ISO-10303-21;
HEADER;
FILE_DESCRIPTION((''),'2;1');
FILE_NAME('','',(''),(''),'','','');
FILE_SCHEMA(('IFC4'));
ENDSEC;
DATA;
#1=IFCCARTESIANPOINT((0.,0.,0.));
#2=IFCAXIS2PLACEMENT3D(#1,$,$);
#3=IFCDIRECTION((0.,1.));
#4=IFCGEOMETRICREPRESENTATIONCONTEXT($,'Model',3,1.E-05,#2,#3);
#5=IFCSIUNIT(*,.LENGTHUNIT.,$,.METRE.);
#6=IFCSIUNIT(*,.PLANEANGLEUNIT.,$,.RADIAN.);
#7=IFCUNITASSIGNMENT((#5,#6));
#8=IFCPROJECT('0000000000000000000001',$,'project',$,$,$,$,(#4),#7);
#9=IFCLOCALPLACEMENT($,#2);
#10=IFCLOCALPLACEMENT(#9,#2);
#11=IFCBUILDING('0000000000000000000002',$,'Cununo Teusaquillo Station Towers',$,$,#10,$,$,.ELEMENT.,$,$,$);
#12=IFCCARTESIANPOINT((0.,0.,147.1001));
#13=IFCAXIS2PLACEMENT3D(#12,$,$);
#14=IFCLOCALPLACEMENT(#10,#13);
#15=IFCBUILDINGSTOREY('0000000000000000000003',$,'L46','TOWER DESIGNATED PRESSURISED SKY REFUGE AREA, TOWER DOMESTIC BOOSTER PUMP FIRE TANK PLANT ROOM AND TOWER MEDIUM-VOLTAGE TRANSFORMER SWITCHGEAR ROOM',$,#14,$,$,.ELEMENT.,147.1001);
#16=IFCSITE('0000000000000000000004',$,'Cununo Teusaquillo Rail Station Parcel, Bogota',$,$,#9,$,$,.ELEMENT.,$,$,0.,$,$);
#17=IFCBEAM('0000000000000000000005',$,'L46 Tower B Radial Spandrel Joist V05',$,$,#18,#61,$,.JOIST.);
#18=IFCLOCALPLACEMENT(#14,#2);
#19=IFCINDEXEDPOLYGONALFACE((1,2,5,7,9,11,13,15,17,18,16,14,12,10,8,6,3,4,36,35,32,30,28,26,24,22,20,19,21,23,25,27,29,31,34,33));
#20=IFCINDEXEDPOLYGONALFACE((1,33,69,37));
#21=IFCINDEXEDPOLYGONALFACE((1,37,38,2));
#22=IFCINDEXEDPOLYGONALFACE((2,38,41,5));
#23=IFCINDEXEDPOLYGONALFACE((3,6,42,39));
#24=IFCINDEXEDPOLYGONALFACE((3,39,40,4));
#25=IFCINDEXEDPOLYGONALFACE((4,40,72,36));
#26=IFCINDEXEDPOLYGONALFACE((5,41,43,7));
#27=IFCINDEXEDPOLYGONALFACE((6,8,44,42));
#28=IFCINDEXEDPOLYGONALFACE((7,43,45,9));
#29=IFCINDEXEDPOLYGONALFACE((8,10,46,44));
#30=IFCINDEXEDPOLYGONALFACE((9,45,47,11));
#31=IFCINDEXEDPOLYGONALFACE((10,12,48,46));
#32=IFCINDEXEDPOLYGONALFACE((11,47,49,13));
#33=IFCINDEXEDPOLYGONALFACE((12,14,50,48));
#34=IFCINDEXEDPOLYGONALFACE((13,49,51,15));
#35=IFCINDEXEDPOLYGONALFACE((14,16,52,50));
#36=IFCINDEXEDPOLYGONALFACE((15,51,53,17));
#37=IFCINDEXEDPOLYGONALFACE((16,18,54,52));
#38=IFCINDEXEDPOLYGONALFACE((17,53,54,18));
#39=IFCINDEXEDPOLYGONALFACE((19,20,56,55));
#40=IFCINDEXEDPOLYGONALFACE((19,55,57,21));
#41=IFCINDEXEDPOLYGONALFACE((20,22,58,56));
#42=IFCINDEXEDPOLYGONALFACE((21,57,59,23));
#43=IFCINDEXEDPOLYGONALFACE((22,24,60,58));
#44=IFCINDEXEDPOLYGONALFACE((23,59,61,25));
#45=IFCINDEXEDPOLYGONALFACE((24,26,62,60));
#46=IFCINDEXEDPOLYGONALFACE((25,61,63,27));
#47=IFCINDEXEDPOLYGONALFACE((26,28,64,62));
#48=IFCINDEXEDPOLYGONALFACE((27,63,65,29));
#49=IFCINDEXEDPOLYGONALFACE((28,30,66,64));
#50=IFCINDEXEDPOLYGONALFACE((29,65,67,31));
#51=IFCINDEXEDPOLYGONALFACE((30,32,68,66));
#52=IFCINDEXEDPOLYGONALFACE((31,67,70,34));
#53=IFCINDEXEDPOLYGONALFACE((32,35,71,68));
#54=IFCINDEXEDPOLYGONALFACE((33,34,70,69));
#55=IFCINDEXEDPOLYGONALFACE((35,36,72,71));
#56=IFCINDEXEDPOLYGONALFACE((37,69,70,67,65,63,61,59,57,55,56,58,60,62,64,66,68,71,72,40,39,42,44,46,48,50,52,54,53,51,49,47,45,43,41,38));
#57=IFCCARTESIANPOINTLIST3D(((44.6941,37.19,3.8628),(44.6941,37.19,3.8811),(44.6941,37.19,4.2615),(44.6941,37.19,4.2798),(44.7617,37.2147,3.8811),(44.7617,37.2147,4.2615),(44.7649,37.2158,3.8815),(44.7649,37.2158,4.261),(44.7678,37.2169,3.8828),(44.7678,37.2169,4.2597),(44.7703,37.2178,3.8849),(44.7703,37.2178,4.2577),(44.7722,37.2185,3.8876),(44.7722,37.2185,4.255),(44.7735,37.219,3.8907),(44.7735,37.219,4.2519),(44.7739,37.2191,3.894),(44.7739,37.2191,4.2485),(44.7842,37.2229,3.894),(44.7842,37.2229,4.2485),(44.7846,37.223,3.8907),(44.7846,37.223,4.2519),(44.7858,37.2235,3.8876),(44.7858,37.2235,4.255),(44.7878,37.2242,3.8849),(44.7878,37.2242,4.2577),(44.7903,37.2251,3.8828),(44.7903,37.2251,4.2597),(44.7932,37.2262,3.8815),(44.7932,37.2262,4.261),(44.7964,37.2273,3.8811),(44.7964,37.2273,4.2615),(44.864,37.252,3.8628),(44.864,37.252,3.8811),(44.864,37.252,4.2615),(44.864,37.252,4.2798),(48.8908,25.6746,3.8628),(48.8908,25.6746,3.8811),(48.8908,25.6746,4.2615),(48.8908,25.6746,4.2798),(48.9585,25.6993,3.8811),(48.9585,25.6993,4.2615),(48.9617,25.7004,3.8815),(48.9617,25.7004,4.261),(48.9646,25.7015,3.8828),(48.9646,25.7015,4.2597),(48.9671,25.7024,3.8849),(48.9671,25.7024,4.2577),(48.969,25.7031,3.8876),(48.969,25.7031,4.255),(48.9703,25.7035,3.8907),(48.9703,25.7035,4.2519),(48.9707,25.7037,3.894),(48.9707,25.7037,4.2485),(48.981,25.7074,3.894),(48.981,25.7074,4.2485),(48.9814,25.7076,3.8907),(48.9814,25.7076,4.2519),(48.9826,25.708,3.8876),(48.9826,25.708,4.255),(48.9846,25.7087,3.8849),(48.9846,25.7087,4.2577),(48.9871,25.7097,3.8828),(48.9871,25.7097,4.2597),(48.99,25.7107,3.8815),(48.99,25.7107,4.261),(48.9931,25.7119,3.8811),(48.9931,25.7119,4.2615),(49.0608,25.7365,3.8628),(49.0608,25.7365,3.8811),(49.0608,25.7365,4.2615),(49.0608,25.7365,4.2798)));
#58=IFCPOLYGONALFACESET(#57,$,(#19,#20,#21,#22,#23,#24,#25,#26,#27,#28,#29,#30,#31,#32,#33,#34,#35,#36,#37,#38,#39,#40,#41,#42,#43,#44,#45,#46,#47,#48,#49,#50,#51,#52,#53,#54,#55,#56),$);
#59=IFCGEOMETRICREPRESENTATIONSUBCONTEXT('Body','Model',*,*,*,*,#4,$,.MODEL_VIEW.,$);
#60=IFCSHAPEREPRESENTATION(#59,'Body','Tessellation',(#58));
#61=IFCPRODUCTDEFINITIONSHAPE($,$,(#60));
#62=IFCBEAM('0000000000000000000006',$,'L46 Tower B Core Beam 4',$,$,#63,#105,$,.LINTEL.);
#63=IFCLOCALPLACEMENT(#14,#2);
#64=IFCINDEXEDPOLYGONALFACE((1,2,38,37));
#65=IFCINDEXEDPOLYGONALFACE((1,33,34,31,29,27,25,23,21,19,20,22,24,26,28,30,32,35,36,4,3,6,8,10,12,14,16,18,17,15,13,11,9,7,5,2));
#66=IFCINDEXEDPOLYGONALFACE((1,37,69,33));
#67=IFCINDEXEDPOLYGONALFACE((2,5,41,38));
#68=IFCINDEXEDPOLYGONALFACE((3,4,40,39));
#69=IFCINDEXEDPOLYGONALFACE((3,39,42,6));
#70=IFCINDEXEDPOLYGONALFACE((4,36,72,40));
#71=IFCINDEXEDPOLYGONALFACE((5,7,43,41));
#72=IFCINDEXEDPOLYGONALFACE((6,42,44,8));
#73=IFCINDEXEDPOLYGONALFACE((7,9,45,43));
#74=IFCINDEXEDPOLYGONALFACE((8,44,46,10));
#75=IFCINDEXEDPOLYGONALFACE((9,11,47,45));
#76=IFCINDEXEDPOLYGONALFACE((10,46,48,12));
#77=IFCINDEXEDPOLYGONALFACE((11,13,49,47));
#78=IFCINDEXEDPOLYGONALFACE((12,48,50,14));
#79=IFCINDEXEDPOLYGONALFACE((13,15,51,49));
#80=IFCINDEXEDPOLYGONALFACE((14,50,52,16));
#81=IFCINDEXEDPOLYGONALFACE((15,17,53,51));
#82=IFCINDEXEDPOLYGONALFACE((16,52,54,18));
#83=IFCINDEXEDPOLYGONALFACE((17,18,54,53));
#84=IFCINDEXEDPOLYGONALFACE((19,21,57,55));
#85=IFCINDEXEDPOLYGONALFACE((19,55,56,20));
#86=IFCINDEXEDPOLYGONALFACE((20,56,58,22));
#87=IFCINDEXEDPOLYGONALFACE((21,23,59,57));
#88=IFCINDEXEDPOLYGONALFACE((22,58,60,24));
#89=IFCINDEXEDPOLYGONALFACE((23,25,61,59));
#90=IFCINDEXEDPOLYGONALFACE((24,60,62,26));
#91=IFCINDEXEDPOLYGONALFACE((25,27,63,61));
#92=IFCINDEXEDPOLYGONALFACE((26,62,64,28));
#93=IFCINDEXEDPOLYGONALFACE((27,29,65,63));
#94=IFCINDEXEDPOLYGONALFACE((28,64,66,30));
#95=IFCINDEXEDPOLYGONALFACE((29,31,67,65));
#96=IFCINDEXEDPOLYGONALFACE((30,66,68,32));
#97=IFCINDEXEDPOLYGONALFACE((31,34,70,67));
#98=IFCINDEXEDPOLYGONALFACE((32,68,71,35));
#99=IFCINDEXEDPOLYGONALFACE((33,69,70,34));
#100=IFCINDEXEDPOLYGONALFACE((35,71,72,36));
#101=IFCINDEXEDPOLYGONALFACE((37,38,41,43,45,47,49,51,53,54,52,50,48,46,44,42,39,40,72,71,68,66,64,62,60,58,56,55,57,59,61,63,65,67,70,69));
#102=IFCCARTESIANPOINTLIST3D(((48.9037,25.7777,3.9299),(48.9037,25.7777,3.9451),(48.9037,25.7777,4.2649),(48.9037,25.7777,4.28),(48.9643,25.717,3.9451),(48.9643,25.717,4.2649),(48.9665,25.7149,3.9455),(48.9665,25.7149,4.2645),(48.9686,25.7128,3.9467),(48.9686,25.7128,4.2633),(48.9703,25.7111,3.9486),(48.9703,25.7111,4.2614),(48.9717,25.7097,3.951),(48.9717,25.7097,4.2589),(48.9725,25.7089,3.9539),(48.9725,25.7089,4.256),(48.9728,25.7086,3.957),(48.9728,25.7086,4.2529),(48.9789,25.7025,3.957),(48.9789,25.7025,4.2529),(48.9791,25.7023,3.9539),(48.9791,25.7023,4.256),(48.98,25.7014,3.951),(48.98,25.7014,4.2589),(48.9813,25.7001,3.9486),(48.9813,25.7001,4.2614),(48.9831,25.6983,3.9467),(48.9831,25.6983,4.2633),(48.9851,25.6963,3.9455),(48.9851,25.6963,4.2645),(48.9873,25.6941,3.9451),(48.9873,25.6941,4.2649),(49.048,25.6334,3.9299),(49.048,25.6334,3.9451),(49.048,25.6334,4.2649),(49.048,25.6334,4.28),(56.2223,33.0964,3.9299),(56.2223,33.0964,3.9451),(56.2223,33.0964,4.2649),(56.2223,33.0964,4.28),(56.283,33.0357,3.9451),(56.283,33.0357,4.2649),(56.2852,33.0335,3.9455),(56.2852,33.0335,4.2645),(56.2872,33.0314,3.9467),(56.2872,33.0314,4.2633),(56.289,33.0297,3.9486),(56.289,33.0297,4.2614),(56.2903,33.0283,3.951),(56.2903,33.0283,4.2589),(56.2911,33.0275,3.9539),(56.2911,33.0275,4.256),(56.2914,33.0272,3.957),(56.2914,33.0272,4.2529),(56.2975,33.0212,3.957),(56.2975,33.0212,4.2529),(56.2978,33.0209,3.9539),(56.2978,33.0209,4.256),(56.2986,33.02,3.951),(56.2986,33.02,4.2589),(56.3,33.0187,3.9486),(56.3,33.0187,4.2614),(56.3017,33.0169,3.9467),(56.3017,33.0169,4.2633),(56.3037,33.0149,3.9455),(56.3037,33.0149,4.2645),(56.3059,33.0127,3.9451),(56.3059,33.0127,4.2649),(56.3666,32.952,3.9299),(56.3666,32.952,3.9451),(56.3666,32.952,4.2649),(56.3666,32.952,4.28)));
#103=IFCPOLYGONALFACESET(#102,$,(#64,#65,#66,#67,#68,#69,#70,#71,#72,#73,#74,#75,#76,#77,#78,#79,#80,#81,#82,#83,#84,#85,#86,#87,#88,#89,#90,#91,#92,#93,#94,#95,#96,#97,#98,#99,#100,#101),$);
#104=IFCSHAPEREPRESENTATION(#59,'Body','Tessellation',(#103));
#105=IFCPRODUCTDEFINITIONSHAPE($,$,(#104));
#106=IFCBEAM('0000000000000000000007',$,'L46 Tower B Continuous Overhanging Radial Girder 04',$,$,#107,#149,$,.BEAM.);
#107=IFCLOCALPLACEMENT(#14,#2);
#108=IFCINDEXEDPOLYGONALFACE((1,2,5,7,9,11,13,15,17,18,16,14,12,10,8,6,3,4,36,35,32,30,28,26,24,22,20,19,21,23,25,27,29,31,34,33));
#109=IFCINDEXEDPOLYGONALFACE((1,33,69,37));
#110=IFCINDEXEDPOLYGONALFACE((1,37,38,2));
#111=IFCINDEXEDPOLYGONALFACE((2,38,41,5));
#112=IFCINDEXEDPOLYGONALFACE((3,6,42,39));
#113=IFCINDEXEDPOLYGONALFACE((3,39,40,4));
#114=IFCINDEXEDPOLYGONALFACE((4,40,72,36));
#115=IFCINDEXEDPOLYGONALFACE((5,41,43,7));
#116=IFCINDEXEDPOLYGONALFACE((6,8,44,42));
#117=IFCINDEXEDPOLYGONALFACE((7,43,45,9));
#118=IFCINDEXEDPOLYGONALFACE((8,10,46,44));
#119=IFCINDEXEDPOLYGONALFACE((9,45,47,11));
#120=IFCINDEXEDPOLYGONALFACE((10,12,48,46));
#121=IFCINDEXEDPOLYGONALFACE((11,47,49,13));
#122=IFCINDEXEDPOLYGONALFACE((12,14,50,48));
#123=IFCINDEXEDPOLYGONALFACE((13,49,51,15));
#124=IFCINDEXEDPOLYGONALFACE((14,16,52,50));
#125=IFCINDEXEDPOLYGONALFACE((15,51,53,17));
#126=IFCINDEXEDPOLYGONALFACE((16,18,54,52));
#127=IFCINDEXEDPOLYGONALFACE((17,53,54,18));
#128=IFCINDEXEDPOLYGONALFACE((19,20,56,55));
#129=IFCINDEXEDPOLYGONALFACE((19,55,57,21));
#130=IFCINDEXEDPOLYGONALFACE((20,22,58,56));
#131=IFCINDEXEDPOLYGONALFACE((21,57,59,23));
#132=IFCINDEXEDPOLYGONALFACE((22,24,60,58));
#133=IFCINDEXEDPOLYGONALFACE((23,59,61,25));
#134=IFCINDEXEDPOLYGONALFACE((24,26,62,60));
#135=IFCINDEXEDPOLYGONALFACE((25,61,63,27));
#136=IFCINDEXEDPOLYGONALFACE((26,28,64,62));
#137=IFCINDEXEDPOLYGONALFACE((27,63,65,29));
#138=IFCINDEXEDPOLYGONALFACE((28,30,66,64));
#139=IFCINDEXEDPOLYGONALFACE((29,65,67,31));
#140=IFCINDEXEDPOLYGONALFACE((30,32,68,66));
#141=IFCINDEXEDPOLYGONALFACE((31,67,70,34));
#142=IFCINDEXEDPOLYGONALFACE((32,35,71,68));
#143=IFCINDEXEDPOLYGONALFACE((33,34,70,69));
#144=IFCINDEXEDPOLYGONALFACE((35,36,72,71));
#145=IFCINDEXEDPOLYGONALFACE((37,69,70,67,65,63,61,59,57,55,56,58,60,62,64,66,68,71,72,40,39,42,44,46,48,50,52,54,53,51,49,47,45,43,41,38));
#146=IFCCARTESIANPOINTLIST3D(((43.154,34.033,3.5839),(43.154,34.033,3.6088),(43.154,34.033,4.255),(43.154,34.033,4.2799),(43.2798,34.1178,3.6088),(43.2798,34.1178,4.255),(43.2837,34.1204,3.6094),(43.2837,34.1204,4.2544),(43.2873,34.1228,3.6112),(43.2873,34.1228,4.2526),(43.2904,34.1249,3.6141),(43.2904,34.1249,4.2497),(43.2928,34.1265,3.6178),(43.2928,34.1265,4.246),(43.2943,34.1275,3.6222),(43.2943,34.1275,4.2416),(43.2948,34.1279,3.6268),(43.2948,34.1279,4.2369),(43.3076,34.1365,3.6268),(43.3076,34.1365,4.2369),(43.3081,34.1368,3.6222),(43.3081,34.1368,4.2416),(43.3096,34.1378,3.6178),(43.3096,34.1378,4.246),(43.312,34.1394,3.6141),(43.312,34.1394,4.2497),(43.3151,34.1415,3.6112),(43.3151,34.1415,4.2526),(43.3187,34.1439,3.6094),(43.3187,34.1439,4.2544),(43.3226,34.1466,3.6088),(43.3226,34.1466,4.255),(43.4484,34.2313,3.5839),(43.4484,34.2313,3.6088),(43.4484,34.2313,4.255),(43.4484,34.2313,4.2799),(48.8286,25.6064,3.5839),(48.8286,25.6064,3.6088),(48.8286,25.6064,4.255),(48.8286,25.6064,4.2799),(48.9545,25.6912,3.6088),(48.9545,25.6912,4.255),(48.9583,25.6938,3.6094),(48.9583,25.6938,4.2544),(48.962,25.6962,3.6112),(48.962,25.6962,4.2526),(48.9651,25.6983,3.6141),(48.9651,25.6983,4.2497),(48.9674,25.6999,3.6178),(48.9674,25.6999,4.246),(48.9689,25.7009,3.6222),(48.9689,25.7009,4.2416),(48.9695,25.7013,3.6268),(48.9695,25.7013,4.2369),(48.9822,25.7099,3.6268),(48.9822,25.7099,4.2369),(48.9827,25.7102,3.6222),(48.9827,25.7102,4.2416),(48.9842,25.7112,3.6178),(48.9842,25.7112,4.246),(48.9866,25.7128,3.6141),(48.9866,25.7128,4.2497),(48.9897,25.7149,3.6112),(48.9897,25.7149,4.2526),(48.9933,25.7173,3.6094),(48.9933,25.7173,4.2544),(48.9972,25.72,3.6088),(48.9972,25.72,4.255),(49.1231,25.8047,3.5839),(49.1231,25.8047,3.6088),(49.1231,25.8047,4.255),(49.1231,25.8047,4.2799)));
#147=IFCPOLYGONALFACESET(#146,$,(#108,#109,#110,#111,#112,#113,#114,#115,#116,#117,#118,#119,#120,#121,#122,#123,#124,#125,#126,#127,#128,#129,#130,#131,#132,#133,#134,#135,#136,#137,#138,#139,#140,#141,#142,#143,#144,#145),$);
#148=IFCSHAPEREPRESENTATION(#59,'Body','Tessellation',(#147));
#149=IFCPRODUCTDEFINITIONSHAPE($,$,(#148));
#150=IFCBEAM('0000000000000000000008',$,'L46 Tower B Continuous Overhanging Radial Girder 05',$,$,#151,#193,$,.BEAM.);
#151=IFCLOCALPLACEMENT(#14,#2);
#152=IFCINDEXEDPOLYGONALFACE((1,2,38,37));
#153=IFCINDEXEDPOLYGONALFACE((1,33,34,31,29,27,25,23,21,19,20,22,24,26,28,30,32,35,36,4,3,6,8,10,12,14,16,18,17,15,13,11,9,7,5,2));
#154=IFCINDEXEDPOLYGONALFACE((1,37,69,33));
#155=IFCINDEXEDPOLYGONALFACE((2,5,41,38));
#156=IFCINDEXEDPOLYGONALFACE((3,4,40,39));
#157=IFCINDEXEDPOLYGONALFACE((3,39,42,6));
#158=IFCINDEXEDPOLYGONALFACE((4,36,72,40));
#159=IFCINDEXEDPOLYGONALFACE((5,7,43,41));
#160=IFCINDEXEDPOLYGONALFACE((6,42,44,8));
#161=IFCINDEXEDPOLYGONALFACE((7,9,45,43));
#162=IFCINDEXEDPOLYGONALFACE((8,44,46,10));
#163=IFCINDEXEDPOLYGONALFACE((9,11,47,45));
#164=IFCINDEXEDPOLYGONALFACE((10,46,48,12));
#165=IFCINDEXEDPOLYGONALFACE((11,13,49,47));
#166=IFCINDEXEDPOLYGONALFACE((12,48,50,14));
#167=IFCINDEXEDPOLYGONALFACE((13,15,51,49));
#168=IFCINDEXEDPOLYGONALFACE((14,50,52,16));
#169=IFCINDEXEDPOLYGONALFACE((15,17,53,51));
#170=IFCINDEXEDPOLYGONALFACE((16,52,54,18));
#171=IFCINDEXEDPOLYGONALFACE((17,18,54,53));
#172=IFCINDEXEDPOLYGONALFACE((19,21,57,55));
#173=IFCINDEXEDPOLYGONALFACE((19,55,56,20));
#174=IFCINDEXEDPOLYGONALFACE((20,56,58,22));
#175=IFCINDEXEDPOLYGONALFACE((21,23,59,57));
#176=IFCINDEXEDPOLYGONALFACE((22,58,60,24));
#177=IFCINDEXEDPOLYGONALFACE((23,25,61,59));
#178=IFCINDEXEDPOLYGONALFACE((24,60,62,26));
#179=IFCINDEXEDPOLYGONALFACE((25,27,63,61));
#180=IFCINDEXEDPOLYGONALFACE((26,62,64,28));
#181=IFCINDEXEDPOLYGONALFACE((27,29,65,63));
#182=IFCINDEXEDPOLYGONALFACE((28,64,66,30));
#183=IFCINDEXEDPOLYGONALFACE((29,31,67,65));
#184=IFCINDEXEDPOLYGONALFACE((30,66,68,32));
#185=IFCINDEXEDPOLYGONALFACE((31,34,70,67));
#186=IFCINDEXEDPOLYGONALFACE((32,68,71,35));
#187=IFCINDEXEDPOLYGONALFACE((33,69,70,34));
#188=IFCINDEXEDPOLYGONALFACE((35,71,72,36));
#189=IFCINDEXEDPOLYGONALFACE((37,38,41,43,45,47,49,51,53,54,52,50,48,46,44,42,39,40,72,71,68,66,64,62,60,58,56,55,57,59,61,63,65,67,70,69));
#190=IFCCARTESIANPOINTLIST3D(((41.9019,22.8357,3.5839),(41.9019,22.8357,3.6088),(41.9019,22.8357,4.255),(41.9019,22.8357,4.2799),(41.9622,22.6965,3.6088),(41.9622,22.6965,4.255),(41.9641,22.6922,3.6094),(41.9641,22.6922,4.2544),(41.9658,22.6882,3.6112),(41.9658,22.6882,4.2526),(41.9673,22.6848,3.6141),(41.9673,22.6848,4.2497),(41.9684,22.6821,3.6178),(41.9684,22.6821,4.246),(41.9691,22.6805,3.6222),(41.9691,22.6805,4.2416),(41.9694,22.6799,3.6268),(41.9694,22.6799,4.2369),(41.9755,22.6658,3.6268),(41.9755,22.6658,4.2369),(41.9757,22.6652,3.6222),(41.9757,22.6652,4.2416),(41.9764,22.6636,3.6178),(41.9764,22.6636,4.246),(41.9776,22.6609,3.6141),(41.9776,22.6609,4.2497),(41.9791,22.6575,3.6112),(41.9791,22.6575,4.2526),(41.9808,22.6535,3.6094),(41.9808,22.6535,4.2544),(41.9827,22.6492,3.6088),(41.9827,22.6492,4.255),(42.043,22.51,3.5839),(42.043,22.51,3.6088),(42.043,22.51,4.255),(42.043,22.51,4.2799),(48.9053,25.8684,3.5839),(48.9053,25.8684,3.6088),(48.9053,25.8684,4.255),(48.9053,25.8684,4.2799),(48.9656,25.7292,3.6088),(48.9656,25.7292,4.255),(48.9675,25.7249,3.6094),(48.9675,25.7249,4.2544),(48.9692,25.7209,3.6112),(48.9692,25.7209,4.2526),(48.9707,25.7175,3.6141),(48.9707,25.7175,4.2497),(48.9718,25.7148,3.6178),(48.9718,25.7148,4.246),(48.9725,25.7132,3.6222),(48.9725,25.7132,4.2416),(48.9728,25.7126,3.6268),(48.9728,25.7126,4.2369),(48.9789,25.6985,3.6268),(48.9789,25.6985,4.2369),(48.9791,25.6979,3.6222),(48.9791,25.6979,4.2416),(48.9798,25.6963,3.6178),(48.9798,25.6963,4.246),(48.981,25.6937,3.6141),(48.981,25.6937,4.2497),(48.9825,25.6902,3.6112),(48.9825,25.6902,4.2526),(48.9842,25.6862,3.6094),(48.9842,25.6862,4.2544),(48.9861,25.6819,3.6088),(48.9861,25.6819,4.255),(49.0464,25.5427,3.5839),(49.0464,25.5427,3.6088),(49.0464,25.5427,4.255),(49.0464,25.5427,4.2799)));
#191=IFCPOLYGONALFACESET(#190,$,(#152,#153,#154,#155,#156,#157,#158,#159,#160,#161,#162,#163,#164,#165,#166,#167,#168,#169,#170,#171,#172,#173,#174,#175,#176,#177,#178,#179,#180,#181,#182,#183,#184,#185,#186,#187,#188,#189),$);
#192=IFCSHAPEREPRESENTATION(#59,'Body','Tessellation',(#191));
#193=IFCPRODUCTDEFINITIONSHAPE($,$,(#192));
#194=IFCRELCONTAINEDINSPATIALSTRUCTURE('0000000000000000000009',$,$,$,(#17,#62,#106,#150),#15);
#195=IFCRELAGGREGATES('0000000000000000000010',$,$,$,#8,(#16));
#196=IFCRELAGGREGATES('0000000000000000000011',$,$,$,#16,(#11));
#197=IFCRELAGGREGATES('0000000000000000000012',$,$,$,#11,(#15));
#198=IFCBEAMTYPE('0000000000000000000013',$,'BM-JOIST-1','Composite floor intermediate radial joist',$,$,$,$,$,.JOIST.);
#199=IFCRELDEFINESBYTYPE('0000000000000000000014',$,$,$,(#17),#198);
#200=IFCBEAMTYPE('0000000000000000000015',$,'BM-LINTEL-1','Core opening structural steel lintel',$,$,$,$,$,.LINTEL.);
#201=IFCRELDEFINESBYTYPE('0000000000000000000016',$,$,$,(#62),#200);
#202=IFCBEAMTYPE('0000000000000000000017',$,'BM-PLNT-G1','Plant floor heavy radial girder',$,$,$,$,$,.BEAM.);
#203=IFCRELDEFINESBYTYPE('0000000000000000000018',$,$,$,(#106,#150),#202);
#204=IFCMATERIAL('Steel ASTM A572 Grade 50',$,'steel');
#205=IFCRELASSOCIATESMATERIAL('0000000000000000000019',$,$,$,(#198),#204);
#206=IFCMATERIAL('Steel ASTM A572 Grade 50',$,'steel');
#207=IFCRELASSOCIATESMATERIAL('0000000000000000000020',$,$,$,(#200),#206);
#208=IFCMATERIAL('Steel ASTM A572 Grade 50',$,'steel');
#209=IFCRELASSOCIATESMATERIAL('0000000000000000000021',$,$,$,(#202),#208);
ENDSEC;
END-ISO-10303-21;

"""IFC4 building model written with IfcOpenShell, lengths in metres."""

from ifc_helpers import new_model, si_unit, direction, frame, origin, origin_2d, place, context, subcontext, project, spatial, i_section, extrude, material, material_profile, profile_set, type_object, element, save


model = new_model("IFC4")

# Units and contexts
model_context = context("Model", 3, precision=1e-05, world=origin(), true_north=direction((0.0, 1.0)))
body_context = subcontext(model_context, "Body", "Model", "MODEL_VIEW")
ifc_project = project(units=[si_unit("LENGTHUNIT", "METRE"), si_unit("PLANEANGLEUNIT", "RADIAN")], contexts=[model_context])

# Site, building, storey
site_placement = place(None, origin())
site = spatial("IfcSite", under=ifc_project, at=site_placement, Name="Cununo Teusaquillo Rail Station Parcel, Bogota", CompositionType="ELEMENT", RefElevation=0.0)
building_placement = place(site_placement, origin())
building = spatial("IfcBuilding", under=site, at=building_placement, Name="Cununo Teusaquillo Station Towers", CompositionType="ELEMENT")
storey_placement = place(building_placement, frame((0.0, 0.0, 147.1001)))
storey = spatial("IfcBuildingStorey", under=building, at=storey_placement, Name="L46", Description="TOWER DESIGNATED PRESSURISED SKY REFUGE AREA, TOWER DOMESTIC BOOSTER PUMP FIRE TANK PLANT ROOM AND TOWER MEDIUM-VOLTAGE TRANSFORMER SWITCHGEAR ROOM", CompositionType="ELEMENT", Elevation=147.1001)

# Beams
ifc_material_1 = material(Name="Steel ASTM A572 Grade 50", Category="steel")
ifc_material_profile_1 = material_profile(ifc_material_1, i_section(OverallWidth=0.1809, OverallDepth=0.417, WebThickness=0.011, FlangeThickness=0.0183, FilletRadius=0.0129, at=origin_2d()), Name="W16X57")
ifc_profile_set_1 = profile_set([ifc_material_profile_1], Name="Steel ASTM A572 Grade 50")
beam_type_1 = type_object("IfcBeamType", Name="BM-JOIST-1", Description="Composite floor intermediate radial joist", PredefinedType="JOIST", material=ifc_profile_set_1)
beam_1_placement = place(storey_placement, frame((48.9758, 25.7056, 4.0713), z_axis=(-0.342418, 0.939548, 0.0), x_axis=(-0.939548, -0.342418, 0.0)))
element("IfcBeam", 1, at=beam_1_placement, inside=storey, type_object=beam_type_1, Name="L46 Tower B Radial Spandrel Joist V05", PredefinedType="JOIST", context=body_context, shape_type="SweptSolid", body=[
    extrude(i_section(OverallWidth=0.1809, OverallDepth=0.417, WebThickness=0.011, FlangeThickness=0.0183, FilletRadius=0.0129, at=origin_2d()), origin(), (0.0, 0.0, 1.0), 12.2563),
])
ifc_material_2 = material(Name="Steel ASTM A572 Grade 50", Category="steel")
ifc_material_profile_2 = material_profile(ifc_material_2, i_section(OverallWidth=0.2041, OverallDepth=0.3501, WebThickness=0.0085, FlangeThickness=0.0151, FilletRadius=0.012, at=origin_2d()), Name="W14X48")
ifc_profile_set_2 = profile_set([ifc_material_profile_2], Name="Steel ASTM A572 Grade 50")
beam_type_2 = type_object("IfcBeamType", Name="BM-LINTEL-1", Description="Core opening structural steel lintel", PredefinedType="LINTEL", material=ifc_profile_set_2)
beam_2_placement = place(storey_placement, frame((48.9758, 25.7056, 4.105), z_axis=(0.707107, 0.707107, 0.0), x_axis=(-0.707107, 0.707107, 0.0)))
element("IfcBeam", 2, at=beam_2_placement, inside=storey, type_object=beam_type_2, Name="L46 Tower B Core Beam 4", PredefinedType="LINTEL", context=body_context, shape_type="SweptSolid", body=[
    extrude(i_section(OverallWidth=0.2041, OverallDepth=0.3501, WebThickness=0.0085, FlangeThickness=0.0151, FilletRadius=0.012, at=origin_2d()), origin(), (0.0, 0.0, 1.0), 10.3501),
])
ifc_material_3 = material(Name="Steel ASTM A572 Grade 50", Category="steel")
ifc_material_profile_3 = material_profile(ifc_material_3, i_section(OverallWidth=0.355, OverallDepth=0.696, WebThickness=0.0154, FlangeThickness=0.0249, FilletRadius=0.0181, at=origin_2d()), Name="W27X146")
ifc_profile_set_3 = profile_set([ifc_material_profile_3], Name="Steel ASTM A572 Grade 50")
beam_type_3 = type_object("IfcBeamType", Name="BM-PLNT-G1", Description="Plant floor heavy radial girder", PredefinedType="BEAM", material=ifc_profile_set_3)
beam_3_placement = place(storey_placement, frame((48.9758, 25.7056, 3.9319), z_axis=(-0.558571, 0.829457, 0.0), x_axis=(-0.829457, -0.558571, 0.0)))
element("IfcBeam", 3, at=beam_3_placement, inside=storey, type_object=beam_type_3, Name="L46 Tower B Continuous Overhanging Radial Girder 04", PredefinedType="BEAM", context=body_context, shape_type="SweptSolid", body=[
    extrude(i_section(OverallWidth=0.355, OverallDepth=0.696, WebThickness=0.0154, FlangeThickness=0.0249, FilletRadius=0.0181, at=origin_2d()), origin(), (0.0, 0.0, 1.0), 10.1592),
])
beam_4_placement = place(storey_placement, frame((48.9758, 25.7056, 3.9319), z_axis=(-0.917656, -0.397376, 0.0), x_axis=(0.397376, -0.917656, 0.0)))
element("IfcBeam", 4, at=beam_4_placement, inside=storey, type_object=beam_type_3, Name="L46 Tower B Continuous Overhanging Radial Girder 05", PredefinedType="BEAM", context=body_context, shape_type="SweptSolid", body=[
    extrude(i_section(OverallWidth=0.355, OverallDepth=0.696, WebThickness=0.0154, FlangeThickness=0.0249, FilletRadius=0.0181, at=origin_2d()), origin(), (0.0, 0.0, 1.0), 7.6318),
])

save(model, "model.ifc")
